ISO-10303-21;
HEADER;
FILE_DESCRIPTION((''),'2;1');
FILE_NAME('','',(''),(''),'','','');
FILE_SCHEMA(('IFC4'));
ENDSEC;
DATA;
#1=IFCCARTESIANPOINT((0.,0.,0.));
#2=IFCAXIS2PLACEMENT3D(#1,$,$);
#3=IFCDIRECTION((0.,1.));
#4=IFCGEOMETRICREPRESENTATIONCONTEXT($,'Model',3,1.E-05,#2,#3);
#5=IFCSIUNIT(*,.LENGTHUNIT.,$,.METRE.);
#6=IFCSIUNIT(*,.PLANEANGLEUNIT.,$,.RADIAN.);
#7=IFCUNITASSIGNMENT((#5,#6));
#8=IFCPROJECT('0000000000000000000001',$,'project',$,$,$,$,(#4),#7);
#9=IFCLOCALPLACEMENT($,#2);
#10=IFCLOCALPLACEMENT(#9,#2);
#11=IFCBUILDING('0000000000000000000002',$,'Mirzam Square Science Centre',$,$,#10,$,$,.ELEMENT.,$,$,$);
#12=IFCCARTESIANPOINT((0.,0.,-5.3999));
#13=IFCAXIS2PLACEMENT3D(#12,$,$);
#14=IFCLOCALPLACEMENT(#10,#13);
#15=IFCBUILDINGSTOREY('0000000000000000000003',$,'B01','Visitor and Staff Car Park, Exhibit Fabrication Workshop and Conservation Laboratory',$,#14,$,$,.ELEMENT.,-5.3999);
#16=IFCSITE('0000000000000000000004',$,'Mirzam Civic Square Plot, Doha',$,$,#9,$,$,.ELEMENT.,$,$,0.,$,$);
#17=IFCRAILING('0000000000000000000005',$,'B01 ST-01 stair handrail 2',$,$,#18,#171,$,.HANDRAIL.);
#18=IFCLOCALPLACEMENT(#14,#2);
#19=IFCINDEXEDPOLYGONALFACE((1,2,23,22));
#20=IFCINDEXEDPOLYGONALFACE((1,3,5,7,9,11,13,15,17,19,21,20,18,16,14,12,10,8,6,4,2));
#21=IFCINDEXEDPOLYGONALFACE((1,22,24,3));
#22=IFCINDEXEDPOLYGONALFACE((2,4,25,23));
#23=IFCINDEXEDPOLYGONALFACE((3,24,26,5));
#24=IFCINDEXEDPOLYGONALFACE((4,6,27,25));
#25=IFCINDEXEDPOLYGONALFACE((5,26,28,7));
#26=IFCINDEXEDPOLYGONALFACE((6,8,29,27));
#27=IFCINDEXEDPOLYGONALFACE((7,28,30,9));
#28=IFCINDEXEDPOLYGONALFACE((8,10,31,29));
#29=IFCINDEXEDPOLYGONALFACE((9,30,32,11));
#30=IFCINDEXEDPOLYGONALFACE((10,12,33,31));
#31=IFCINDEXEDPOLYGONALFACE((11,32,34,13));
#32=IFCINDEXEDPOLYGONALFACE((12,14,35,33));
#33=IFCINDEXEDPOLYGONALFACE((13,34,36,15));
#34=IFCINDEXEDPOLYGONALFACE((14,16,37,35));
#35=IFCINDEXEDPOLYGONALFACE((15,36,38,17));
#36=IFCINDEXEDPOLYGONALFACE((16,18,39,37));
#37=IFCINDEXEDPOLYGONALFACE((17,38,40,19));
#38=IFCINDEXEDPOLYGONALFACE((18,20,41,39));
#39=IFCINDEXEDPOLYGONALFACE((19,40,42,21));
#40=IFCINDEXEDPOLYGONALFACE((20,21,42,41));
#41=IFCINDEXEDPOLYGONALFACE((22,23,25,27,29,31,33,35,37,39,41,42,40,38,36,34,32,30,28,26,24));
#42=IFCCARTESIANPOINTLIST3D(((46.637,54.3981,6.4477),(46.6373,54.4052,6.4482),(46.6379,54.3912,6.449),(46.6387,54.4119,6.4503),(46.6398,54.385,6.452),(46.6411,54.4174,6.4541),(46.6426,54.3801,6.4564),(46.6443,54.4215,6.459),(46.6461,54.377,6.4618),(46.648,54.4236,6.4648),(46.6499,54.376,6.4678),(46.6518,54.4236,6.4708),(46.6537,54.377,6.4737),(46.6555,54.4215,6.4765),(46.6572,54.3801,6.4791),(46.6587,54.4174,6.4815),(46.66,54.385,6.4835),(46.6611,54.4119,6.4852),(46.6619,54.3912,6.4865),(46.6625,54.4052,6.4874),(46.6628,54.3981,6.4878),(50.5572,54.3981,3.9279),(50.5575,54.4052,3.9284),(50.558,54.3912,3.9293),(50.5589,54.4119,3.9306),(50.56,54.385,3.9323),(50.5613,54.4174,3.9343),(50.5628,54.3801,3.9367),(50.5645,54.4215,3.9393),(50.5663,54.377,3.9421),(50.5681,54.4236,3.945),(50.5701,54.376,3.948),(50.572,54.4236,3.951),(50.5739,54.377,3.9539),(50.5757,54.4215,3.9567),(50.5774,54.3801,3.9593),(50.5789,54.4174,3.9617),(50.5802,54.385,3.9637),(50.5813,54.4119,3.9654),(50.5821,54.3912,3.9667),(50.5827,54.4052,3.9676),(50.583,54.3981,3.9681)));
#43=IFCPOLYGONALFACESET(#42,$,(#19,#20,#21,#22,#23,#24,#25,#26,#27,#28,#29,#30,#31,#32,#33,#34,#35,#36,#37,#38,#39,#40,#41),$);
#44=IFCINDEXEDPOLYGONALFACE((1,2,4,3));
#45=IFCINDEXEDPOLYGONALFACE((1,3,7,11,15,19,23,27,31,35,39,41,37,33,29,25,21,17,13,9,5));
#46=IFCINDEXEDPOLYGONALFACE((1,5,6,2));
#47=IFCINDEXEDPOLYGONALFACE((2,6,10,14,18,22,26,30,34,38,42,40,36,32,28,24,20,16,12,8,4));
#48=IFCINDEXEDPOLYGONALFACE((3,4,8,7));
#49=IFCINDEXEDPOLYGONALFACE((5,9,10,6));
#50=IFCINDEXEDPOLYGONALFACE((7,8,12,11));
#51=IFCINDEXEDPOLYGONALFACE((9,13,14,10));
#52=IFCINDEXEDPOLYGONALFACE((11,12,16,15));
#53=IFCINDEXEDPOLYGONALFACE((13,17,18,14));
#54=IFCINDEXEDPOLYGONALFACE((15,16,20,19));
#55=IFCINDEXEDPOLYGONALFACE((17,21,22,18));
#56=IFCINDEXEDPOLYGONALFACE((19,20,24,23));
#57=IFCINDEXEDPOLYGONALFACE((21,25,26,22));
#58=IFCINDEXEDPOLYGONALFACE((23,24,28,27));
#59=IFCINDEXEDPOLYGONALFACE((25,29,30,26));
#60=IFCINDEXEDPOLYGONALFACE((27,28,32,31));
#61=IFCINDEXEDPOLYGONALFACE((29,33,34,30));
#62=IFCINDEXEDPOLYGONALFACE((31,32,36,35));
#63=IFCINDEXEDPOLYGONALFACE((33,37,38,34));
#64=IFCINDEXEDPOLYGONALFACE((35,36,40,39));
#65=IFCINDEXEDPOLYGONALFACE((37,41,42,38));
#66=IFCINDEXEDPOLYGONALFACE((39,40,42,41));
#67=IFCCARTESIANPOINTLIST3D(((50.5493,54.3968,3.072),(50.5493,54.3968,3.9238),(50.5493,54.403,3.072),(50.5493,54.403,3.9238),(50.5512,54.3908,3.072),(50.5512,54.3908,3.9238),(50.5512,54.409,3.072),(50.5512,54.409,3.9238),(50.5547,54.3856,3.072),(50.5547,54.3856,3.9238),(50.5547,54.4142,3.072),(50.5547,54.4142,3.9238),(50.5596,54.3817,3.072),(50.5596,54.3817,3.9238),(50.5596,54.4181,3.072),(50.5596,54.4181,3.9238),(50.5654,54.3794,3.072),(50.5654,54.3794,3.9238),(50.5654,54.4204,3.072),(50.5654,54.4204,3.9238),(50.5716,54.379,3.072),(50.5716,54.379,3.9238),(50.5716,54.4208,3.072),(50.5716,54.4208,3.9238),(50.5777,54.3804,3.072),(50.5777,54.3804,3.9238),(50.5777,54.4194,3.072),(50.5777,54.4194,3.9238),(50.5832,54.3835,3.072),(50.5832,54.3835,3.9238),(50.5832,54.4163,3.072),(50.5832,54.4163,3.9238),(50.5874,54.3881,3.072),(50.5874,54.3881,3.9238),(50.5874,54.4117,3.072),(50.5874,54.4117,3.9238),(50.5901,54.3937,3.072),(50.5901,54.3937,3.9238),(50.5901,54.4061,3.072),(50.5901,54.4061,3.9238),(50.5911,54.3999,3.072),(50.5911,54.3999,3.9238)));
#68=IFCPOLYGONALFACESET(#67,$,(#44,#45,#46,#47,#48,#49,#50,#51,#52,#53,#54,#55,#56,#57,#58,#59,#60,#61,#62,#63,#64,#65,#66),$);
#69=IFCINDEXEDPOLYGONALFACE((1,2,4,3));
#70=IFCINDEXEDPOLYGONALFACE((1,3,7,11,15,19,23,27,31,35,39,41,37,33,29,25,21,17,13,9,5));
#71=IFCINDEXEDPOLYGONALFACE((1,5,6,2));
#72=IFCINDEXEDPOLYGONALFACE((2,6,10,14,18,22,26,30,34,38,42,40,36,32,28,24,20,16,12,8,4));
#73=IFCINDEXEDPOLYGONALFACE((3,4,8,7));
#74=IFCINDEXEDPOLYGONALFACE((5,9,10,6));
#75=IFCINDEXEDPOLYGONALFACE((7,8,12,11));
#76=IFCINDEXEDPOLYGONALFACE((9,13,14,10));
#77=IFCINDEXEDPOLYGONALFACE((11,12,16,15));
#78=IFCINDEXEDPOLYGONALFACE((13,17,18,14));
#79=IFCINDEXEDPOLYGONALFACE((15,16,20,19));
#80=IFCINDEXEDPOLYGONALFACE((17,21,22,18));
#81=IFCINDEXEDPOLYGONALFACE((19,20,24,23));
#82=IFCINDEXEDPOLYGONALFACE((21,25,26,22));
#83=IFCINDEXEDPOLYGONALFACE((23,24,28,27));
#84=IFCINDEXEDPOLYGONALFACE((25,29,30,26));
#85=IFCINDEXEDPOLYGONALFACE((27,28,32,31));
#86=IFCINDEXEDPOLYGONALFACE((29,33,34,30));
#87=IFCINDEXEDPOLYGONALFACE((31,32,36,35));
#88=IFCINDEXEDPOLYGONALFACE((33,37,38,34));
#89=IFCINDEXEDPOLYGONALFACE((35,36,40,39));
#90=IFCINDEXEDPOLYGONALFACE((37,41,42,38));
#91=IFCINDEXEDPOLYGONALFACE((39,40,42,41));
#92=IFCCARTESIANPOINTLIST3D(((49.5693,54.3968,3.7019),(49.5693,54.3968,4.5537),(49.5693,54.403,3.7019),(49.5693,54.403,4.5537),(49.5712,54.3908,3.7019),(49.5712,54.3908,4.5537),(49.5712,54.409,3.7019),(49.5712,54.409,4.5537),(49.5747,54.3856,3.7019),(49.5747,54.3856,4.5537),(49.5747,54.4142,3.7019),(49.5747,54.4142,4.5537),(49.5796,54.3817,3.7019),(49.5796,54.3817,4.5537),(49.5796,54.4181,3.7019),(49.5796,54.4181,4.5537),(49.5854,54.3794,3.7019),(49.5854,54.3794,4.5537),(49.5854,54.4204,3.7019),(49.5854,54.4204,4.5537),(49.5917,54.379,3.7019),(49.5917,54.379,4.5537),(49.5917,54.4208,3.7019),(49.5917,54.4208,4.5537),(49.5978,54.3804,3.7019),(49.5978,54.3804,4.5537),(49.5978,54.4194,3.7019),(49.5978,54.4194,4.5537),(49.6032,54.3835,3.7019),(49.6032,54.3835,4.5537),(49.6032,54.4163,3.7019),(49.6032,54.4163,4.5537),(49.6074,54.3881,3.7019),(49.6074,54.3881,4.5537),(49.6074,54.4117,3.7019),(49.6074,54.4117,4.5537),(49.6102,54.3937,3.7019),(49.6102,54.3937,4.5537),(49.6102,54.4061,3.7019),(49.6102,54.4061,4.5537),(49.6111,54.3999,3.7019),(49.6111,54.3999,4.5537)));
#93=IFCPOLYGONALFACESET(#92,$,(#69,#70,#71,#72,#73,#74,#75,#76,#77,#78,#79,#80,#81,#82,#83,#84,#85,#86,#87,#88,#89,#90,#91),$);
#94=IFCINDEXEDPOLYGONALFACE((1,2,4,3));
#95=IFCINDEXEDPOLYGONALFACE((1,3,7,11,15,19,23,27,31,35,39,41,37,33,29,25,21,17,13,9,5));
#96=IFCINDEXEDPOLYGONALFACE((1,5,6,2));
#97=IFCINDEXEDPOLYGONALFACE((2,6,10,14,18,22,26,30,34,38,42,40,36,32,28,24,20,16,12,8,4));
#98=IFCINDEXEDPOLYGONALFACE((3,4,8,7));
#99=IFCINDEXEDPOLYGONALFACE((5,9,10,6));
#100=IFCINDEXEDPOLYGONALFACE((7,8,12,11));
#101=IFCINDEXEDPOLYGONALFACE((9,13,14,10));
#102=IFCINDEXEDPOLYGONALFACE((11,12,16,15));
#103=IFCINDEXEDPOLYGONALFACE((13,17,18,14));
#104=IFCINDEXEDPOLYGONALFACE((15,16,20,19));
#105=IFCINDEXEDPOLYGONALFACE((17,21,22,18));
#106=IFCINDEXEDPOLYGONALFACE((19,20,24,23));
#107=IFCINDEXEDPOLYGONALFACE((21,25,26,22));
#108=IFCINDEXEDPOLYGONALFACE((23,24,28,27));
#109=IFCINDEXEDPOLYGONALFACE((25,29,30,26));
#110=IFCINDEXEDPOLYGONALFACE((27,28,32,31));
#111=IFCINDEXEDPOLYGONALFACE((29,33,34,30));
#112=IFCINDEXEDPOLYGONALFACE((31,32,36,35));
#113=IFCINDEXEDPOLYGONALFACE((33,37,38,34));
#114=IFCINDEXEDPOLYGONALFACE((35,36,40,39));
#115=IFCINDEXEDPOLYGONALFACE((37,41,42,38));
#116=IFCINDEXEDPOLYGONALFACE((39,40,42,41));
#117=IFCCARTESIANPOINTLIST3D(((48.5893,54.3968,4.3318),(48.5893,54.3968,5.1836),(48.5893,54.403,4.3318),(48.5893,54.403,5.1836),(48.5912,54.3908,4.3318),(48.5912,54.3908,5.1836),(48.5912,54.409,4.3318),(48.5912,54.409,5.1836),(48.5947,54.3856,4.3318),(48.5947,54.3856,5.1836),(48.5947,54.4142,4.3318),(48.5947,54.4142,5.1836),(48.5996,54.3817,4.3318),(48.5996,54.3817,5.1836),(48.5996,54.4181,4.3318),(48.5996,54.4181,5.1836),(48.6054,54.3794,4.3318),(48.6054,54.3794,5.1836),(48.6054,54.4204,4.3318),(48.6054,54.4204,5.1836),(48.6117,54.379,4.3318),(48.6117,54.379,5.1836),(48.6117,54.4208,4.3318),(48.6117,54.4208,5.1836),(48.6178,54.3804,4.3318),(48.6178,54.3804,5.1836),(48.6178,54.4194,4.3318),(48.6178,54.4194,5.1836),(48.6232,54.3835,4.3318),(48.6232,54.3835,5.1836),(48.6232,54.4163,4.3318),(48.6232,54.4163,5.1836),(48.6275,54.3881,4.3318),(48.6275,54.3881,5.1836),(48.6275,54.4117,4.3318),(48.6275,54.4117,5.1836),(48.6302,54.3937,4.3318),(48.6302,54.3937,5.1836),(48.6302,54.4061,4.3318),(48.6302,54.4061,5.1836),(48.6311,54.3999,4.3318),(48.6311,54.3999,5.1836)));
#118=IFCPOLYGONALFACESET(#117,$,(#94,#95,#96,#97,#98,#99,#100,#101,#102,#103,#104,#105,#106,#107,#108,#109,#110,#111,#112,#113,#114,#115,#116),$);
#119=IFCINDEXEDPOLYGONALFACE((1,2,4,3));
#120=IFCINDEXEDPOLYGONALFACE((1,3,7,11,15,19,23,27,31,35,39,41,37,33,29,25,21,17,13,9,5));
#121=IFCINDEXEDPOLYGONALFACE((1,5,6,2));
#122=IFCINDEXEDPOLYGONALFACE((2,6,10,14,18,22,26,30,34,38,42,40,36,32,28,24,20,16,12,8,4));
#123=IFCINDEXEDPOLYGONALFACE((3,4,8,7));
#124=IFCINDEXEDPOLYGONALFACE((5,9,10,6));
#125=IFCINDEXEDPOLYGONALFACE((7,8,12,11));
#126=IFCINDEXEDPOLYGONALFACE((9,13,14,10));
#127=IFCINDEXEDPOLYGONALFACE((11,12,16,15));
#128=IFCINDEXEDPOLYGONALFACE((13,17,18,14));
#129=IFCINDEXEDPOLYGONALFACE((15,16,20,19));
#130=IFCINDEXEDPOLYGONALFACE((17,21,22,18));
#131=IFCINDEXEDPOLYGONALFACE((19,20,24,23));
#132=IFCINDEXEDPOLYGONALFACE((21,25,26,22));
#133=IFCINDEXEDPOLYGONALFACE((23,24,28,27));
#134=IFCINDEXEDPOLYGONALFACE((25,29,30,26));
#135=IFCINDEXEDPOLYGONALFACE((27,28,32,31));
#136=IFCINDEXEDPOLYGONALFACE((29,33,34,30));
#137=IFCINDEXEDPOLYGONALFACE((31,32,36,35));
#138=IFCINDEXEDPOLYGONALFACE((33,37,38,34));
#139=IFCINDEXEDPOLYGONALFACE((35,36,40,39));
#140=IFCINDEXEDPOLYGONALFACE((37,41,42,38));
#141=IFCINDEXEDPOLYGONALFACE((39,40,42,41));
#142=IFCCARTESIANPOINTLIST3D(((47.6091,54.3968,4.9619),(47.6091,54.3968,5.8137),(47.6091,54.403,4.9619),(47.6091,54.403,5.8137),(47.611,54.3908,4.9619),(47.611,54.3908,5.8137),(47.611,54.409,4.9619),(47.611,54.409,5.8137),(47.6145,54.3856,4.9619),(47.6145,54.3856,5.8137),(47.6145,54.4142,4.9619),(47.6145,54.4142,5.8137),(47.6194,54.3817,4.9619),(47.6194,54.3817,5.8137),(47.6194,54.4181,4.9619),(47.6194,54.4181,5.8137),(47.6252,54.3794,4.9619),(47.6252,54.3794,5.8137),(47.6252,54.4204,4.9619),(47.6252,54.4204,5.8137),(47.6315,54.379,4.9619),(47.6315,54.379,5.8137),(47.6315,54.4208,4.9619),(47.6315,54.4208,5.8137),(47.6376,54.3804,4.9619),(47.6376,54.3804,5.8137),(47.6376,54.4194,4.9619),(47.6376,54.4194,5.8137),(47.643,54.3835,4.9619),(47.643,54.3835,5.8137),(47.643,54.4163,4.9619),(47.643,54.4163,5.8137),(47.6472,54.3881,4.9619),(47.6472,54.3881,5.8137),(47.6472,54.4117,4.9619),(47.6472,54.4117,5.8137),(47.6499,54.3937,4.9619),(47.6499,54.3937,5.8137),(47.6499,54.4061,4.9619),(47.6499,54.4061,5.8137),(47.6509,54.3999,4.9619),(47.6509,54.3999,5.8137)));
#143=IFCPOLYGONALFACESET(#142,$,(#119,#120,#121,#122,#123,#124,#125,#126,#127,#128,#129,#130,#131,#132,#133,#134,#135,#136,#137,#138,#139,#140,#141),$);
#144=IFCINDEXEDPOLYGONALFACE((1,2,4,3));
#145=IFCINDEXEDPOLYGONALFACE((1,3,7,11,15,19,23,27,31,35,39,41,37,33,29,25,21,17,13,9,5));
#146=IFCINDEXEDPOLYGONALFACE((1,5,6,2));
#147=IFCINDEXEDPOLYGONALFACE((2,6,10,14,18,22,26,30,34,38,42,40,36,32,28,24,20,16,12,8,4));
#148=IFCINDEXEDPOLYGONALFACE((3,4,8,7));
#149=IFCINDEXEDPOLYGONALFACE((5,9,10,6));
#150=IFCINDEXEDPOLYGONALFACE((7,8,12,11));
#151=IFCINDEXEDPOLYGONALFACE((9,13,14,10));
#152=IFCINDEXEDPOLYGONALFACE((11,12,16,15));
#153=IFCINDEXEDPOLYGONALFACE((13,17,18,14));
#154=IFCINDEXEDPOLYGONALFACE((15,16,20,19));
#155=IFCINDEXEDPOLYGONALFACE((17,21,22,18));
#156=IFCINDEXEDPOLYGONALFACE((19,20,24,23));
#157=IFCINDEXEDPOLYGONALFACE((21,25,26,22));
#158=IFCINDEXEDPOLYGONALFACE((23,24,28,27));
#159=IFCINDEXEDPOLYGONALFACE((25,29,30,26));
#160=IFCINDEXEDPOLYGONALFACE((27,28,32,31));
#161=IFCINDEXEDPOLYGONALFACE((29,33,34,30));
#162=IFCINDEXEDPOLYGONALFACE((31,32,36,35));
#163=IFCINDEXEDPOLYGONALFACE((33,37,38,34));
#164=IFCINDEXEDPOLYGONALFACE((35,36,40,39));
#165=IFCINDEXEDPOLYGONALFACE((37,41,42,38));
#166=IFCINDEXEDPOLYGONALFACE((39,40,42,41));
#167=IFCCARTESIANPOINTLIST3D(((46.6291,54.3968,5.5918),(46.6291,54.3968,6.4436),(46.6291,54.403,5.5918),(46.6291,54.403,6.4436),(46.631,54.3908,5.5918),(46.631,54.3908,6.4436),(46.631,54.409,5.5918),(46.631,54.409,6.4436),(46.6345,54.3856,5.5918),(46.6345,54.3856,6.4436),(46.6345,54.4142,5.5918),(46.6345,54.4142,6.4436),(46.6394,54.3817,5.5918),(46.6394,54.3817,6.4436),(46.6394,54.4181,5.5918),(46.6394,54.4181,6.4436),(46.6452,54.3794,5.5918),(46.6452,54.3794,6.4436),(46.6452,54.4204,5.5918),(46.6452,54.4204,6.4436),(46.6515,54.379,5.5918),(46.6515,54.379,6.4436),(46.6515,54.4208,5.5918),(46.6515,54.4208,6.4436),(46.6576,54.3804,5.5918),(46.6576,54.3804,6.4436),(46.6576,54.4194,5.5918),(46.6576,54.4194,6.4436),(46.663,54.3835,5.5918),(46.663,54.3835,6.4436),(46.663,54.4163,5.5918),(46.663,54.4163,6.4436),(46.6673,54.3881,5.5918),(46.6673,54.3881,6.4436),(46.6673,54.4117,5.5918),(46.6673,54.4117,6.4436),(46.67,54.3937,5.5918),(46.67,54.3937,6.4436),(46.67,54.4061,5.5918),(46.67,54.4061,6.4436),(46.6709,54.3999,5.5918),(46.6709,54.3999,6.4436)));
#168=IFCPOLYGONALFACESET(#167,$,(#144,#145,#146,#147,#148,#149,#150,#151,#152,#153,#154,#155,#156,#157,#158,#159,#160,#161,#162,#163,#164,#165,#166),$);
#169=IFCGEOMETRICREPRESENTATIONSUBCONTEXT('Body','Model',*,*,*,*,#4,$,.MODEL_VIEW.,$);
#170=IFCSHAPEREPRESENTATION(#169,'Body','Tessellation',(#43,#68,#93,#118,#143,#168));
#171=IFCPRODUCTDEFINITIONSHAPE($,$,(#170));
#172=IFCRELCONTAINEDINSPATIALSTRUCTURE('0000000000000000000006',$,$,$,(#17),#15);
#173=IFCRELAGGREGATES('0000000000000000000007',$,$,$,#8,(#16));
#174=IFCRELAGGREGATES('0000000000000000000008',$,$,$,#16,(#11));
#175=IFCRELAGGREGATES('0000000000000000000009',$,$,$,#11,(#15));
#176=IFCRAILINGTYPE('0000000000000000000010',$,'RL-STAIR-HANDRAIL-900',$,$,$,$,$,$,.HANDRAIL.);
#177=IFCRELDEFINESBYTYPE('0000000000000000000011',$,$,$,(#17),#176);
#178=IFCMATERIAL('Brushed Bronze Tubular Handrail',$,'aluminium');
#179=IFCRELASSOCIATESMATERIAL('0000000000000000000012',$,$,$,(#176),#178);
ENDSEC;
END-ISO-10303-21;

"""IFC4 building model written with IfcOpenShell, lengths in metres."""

from ifc_helpers import new_model, si_unit, direction, frame, origin, origin_2d, place, context, subcontext, project, spatial, circle, extrude, material, type_object, element, save


model = new_model("IFC4")

# Units and contexts
model_context = context("Model", 3, precision=1e-05, world=origin(), true_north=direction((0.0, 1.0)))
body_context = subcontext(model_context, "Body", "Model", "MODEL_VIEW")
ifc_project = project(units=[si_unit("LENGTHUNIT", "METRE"), si_unit("PLANEANGLEUNIT", "RADIAN")], contexts=[model_context])

# Site, building, storey
site_placement = place(None, origin())
site = spatial("IfcSite", under=ifc_project, at=site_placement, Name="Mirzam Civic Square Plot, Doha", CompositionType="ELEMENT", RefElevation=0.0)
building_placement = place(site_placement, origin())
building = spatial("IfcBuilding", under=site, at=building_placement, Name="Mirzam Square Science Centre", CompositionType="ELEMENT")
storey_placement = place(building_placement, frame((0.0, 0.0, -5.3999)))
storey = spatial("IfcBuildingStorey", under=building, at=storey_placement, Name="B01", Description="Visitor and Staff Car Park, Exhibit Fabrication Workshop and Conservation Laboratory", CompositionType="ELEMENT", Elevation=-5.3999)

# Railing
ifc_material_1 = material(Name="Brushed Bronze Tubular Handrail", Category="aluminium")
railing_type_1 = type_object("IfcRailingType", Name="RL-STAIR-HANDRAIL-900", PredefinedType="HANDRAIL", material=ifc_material_1)
railing_1_placement = place(storey_placement, frame((50.5701, 54.3999, 3.072)))
element("IfcRailing", 1, at=railing_1_placement, inside=storey, type_object=railing_type_1, Name="B01 ST-01 stair handrail 2", PredefinedType="HANDRAIL", context=body_context, shape_type="SweptSolid", body=[
    extrude(circle(Radius=0.0239, at=origin_2d()), frame((0.0, 0.0, 0.876), z_axis=(-0.841211, 0.0, 0.540707), x_axis=(0.0, -1.0, 0.0)), (0.0, 0.0, 1.0), 4.6602),
    extrude(circle(Radius=0.021, at=origin_2d()), origin(), (0.0, 0.0, 1.0), 0.8518),
    extrude(circle(Radius=0.021, at=origin_2d()), frame((-0.98, 0.0, 0.6299)), (0.0, 0.0, 1.0), 0.8518),
    extrude(circle(Radius=0.021, at=origin_2d()), frame((-1.96, 0.0, 1.2598)), (0.0, 0.0, 1.0), 0.8518),
    extrude(circle(Radius=0.021, at=origin_2d()), frame((-2.9402, 0.0, 1.8899)), (0.0, 0.0, 1.0), 0.8518),
    extrude(circle(Radius=0.021, at=origin_2d()), frame((-3.9202, 0.0, 2.5198)), (0.0, 0.0, 1.0), 0.8518),
])

save(model, "model.ifc")
